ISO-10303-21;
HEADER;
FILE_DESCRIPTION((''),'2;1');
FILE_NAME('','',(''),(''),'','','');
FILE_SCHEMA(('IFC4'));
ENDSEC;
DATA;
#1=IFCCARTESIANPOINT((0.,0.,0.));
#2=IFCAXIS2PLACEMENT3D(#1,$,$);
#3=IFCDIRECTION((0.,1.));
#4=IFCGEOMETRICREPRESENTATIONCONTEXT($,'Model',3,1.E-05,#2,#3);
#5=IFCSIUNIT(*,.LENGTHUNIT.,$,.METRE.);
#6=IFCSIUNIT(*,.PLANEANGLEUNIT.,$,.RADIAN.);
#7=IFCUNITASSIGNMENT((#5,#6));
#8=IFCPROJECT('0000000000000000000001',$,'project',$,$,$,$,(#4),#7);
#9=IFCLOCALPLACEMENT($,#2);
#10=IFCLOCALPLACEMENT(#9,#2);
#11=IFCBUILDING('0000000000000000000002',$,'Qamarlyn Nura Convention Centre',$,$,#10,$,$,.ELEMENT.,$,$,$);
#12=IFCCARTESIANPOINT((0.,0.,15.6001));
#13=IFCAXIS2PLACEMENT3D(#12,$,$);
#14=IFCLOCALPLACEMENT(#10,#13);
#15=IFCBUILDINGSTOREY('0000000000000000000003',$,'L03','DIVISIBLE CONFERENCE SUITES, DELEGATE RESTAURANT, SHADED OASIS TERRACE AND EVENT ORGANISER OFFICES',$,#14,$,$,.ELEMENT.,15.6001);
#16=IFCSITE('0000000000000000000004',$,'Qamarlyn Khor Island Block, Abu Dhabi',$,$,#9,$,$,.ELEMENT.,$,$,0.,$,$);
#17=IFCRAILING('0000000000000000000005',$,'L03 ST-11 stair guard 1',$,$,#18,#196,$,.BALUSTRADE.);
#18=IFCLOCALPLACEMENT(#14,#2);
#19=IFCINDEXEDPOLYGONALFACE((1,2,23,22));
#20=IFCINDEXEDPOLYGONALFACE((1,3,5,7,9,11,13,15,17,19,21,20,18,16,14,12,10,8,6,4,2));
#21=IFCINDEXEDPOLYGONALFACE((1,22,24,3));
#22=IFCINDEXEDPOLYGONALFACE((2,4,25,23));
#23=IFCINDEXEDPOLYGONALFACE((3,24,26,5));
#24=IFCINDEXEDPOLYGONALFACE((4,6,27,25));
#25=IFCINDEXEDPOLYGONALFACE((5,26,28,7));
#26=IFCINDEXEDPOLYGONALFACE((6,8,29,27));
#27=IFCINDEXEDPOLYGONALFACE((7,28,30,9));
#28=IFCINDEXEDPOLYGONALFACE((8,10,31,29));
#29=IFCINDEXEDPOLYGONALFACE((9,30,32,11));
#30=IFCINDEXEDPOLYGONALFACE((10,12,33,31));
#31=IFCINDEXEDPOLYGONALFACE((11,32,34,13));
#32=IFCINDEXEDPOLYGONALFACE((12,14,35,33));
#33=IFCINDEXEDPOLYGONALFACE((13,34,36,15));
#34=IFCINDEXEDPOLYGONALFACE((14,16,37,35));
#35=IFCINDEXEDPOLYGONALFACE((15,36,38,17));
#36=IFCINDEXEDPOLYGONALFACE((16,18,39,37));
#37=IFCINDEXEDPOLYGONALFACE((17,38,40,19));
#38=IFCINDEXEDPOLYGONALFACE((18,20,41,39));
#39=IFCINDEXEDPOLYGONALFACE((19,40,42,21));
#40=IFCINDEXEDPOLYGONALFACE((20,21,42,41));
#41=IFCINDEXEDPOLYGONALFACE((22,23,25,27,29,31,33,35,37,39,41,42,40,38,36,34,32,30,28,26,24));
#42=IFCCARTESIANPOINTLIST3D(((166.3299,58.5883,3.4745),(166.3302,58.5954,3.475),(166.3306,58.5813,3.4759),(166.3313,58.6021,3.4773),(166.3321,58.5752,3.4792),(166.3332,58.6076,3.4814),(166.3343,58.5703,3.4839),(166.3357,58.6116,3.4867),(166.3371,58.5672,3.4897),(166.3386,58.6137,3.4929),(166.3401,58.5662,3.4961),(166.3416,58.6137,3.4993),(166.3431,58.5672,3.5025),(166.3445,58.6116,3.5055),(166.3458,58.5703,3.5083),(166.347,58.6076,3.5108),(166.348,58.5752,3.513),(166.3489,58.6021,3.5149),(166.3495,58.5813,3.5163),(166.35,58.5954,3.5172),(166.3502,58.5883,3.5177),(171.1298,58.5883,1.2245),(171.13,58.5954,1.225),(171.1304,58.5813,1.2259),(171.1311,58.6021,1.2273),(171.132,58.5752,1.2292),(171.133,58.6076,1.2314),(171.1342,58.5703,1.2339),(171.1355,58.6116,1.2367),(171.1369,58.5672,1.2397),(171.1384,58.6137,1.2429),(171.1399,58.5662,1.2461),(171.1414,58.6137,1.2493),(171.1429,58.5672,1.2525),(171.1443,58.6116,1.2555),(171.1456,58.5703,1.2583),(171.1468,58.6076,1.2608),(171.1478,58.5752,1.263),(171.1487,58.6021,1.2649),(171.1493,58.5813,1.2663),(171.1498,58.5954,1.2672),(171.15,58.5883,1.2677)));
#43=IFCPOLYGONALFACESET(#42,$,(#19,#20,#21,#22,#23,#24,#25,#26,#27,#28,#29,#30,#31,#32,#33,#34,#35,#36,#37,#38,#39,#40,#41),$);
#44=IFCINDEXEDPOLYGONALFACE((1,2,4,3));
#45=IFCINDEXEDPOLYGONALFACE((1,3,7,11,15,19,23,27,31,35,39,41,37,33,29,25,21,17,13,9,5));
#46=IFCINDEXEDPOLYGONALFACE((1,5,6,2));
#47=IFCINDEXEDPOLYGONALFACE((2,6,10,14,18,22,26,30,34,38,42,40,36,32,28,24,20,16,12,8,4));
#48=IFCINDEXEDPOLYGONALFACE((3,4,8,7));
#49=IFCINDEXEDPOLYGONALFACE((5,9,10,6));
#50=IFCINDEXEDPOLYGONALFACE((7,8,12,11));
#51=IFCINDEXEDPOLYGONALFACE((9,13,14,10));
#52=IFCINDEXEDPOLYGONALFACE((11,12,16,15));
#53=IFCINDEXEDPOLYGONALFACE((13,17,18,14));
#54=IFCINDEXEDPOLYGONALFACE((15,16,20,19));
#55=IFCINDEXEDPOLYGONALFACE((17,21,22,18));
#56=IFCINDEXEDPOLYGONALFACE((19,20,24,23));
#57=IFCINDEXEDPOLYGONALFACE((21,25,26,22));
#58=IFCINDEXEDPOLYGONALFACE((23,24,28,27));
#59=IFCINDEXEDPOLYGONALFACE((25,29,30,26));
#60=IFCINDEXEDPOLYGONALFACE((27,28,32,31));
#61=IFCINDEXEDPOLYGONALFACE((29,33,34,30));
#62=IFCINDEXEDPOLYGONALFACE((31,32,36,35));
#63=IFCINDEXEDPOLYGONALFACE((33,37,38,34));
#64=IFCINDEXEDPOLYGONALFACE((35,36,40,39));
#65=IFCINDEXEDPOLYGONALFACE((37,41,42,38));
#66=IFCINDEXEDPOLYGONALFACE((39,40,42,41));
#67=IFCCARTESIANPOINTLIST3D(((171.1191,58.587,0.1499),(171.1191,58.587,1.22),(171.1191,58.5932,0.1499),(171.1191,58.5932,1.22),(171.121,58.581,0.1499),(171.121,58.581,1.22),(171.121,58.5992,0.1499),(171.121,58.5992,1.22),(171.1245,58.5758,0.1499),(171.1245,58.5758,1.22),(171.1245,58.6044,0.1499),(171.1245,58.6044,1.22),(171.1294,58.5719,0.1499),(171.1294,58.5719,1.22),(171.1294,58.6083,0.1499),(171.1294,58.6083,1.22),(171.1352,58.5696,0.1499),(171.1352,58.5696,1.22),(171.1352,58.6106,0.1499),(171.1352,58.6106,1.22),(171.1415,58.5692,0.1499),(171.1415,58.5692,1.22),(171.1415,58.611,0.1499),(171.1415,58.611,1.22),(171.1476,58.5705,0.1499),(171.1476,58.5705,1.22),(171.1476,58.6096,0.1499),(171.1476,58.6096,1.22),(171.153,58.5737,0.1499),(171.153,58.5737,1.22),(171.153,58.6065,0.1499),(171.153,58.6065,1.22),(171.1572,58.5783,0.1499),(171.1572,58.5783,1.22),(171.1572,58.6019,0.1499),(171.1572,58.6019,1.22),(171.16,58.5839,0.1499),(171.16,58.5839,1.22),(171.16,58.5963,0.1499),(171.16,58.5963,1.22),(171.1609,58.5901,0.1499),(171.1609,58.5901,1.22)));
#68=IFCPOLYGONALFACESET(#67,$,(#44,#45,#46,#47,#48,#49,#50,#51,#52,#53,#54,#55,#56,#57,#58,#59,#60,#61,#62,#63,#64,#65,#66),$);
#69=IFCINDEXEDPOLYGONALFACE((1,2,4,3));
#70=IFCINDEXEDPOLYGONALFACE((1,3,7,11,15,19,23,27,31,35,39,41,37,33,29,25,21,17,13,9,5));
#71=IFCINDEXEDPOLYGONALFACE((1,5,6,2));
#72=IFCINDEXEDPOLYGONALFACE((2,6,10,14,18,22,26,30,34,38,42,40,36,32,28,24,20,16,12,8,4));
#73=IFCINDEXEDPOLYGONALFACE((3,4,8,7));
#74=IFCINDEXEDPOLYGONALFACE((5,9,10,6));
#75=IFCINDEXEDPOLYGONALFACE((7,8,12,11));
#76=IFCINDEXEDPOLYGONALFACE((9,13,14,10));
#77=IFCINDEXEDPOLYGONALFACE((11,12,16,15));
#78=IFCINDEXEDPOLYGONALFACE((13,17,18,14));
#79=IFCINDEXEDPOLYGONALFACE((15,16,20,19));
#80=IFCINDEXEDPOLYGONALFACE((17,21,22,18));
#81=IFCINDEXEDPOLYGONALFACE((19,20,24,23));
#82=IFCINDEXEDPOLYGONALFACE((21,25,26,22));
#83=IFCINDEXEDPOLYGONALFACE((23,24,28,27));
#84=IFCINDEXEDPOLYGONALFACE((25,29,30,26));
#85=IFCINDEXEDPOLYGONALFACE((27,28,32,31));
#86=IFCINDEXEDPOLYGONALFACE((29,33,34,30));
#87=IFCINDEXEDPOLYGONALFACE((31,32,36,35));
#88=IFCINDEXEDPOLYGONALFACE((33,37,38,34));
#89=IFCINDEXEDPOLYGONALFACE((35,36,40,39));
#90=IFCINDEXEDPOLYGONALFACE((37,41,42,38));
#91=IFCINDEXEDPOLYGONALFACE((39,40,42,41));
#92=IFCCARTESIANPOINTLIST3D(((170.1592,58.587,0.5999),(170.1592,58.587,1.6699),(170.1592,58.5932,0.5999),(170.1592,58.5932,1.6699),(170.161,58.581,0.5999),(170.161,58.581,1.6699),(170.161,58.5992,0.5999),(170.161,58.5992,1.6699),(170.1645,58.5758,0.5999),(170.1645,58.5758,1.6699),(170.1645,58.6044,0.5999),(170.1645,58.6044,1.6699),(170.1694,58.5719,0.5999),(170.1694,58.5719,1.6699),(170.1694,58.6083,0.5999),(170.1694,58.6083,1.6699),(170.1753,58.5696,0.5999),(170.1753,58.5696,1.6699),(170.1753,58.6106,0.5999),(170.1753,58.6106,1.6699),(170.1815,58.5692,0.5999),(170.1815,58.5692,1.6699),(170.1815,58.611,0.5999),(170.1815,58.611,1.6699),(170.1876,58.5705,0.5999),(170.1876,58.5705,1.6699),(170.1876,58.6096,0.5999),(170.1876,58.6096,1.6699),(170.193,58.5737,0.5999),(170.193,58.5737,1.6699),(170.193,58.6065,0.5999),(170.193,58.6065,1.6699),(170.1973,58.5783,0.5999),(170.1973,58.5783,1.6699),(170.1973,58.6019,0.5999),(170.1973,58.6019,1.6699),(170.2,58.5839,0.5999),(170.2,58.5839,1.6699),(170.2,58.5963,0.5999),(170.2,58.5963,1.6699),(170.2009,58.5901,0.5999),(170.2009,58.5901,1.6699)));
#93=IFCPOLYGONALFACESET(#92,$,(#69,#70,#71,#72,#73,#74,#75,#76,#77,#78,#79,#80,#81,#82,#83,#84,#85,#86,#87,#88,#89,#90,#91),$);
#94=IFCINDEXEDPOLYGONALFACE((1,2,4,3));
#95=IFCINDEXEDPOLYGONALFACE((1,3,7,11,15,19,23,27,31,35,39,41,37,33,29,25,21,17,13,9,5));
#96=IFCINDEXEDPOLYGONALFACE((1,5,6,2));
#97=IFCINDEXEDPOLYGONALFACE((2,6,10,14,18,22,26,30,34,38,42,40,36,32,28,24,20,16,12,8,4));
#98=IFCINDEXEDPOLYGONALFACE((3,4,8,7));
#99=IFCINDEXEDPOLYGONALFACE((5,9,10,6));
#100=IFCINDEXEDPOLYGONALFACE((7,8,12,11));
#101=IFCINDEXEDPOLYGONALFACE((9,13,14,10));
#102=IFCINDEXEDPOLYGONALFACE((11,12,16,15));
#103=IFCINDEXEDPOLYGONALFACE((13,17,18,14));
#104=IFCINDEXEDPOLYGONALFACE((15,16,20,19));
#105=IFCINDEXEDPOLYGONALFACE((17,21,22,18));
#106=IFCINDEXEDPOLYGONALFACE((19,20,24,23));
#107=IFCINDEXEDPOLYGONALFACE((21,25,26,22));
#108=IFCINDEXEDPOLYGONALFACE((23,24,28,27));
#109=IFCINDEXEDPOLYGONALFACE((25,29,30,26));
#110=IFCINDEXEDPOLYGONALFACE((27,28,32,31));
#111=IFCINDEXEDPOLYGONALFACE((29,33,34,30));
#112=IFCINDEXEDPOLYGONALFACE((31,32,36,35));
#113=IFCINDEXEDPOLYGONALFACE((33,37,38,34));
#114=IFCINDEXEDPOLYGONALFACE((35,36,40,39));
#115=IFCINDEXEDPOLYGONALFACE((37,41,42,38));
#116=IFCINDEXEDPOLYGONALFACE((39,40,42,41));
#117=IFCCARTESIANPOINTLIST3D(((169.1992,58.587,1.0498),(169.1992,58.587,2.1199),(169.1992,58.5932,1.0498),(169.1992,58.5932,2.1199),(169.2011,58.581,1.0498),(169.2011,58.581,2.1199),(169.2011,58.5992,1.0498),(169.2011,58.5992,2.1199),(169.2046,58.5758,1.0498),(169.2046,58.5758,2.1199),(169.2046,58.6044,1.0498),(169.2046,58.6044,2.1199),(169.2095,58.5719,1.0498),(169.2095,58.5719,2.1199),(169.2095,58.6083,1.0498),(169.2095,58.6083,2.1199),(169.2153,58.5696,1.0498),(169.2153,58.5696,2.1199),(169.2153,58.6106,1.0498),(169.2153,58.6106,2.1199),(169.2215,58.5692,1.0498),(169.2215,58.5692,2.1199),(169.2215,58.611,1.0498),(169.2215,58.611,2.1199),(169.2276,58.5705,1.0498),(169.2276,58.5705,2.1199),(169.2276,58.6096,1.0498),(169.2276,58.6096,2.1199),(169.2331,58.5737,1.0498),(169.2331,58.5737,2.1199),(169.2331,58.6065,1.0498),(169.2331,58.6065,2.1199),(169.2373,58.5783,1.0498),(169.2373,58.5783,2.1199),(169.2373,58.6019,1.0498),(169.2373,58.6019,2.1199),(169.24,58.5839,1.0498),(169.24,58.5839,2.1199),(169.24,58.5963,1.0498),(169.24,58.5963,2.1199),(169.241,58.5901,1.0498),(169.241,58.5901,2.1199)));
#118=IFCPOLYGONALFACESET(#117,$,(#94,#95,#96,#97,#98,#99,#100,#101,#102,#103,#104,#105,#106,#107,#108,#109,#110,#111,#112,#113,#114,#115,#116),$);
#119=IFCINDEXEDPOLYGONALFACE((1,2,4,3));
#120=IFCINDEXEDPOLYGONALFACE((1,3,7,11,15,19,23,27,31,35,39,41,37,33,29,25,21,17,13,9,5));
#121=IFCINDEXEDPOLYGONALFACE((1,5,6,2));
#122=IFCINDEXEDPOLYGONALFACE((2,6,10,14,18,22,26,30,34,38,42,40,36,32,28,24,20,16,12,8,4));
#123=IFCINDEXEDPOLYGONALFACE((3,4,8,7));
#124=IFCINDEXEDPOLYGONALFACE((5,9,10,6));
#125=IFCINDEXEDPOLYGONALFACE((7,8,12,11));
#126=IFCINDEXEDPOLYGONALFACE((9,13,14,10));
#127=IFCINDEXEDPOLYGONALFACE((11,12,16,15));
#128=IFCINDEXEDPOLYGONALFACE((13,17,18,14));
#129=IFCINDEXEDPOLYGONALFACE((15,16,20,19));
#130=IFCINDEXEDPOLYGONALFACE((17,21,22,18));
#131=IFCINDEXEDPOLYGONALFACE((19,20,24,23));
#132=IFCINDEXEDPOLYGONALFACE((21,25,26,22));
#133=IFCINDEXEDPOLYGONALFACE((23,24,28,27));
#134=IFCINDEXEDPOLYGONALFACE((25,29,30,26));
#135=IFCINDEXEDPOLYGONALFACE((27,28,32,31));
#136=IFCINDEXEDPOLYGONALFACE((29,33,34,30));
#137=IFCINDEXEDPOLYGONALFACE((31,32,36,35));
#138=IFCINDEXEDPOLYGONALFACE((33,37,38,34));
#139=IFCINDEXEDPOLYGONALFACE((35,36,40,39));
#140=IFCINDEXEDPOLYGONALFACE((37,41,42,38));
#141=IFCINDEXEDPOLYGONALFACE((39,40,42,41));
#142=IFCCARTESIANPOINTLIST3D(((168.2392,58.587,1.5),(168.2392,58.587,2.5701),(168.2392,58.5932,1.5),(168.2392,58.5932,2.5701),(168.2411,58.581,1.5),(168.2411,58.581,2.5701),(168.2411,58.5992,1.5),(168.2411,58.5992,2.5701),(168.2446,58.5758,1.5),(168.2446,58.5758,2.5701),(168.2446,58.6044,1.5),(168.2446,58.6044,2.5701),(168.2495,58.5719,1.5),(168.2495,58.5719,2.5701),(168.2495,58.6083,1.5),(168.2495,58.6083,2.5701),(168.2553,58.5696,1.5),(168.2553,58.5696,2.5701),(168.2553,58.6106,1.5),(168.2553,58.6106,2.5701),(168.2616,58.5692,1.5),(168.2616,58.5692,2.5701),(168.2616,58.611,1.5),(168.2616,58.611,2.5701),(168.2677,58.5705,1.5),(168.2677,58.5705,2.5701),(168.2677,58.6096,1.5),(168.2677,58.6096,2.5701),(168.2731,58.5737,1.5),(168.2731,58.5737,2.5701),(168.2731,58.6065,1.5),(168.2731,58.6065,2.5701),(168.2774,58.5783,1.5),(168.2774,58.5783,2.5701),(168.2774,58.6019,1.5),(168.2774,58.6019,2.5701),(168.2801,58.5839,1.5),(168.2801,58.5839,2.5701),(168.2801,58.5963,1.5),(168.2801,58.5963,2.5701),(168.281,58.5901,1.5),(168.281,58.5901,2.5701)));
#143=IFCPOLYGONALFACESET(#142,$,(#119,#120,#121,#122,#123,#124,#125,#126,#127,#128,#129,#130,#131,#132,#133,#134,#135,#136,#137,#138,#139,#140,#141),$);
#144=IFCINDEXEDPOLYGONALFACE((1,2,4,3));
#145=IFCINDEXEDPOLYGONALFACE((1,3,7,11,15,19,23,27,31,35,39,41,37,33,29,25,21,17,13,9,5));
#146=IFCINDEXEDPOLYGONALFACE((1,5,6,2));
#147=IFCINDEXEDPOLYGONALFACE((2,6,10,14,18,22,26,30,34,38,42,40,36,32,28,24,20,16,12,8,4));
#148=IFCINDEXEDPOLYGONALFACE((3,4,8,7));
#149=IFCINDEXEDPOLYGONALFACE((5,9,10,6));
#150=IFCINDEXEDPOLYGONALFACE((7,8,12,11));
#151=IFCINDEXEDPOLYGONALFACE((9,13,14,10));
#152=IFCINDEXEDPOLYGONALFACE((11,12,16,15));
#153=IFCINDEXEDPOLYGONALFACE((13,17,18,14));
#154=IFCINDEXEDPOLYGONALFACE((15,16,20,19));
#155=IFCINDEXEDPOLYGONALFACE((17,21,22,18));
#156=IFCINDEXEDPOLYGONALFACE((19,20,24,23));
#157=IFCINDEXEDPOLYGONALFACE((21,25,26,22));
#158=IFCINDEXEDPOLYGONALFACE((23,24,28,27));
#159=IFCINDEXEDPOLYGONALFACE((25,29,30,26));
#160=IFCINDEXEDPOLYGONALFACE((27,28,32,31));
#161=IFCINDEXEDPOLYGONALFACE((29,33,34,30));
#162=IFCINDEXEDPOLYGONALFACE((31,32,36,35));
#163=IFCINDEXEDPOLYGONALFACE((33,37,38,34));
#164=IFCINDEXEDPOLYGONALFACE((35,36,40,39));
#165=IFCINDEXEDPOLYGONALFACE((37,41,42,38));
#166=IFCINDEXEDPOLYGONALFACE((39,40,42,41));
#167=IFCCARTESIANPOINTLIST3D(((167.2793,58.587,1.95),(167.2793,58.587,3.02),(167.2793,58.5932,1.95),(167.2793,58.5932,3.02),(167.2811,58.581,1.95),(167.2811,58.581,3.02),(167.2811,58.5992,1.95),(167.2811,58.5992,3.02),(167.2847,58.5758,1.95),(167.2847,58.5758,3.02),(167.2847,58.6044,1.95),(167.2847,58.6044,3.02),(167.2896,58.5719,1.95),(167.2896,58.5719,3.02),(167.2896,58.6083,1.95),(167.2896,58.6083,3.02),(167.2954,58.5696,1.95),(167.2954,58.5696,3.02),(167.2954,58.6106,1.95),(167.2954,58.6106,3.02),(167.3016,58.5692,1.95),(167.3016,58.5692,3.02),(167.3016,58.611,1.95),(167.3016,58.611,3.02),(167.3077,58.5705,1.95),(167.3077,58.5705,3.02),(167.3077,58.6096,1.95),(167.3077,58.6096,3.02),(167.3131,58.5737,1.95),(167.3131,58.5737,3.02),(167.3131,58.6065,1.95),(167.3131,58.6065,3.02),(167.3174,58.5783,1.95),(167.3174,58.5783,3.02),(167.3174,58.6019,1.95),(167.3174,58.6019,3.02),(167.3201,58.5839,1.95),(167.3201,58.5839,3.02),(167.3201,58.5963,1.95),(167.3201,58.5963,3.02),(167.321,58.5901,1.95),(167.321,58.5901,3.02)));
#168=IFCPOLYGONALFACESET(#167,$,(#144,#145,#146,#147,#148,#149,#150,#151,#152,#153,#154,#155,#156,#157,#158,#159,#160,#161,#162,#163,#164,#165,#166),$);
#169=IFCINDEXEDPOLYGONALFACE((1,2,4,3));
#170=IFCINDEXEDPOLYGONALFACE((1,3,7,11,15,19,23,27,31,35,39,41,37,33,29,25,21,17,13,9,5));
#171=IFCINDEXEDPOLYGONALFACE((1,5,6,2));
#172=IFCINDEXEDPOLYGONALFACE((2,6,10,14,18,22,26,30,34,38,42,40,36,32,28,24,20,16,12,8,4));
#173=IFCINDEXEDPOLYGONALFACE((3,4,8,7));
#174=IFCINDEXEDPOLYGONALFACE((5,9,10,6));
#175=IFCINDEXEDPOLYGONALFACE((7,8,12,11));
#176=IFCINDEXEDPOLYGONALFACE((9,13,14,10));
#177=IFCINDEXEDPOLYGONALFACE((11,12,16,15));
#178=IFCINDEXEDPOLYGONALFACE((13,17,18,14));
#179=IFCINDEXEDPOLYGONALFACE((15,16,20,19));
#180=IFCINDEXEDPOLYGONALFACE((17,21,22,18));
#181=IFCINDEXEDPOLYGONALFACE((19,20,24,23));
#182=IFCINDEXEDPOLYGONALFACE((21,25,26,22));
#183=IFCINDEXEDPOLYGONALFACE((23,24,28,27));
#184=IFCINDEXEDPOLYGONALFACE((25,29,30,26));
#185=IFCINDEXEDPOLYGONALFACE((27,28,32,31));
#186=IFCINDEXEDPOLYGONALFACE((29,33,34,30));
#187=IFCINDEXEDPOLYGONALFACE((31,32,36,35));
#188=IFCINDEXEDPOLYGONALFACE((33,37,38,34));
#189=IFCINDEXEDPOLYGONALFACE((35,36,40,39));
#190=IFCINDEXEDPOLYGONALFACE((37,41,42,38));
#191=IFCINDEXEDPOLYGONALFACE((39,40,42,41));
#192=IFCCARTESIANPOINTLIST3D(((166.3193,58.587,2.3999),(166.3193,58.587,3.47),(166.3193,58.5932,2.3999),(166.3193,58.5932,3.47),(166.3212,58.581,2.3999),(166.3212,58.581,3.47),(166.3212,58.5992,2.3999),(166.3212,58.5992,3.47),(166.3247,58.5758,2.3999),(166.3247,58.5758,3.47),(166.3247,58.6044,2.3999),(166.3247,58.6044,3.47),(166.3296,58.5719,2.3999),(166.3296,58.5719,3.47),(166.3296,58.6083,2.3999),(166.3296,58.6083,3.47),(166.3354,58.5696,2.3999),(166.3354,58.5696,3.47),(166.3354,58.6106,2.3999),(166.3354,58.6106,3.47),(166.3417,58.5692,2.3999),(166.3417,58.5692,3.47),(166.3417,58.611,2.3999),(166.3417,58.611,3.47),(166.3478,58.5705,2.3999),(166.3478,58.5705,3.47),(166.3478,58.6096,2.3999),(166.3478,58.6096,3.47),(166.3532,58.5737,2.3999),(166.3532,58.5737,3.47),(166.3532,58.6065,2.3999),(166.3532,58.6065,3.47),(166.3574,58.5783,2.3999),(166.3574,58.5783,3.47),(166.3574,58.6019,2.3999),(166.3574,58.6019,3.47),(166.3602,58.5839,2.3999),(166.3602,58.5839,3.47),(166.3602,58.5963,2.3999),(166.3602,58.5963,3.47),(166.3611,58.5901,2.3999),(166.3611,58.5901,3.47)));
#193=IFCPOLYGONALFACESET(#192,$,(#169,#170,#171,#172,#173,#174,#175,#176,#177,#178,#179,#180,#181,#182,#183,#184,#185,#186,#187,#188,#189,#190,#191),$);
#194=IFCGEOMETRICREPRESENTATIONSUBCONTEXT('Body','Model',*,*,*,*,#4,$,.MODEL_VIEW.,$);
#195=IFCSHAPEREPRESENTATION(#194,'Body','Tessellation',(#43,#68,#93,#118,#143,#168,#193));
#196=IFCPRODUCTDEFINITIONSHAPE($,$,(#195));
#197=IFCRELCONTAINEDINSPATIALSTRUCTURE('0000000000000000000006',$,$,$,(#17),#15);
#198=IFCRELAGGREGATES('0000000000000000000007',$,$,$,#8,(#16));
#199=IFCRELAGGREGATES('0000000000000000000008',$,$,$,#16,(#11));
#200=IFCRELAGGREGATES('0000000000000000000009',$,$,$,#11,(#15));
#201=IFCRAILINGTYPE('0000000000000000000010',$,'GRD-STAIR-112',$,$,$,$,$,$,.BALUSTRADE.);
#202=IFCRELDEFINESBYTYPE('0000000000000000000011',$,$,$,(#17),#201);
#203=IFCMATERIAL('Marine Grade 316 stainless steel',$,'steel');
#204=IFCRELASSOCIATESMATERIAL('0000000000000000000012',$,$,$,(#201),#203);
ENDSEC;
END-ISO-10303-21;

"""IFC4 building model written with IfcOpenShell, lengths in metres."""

from ifc_helpers import new_model, si_unit, direction, frame, origin, origin_2d, place, context, subcontext, project, spatial, circle, extrude, material, type_object, element, save


model = new_model("IFC4")

# Units and contexts
model_context = context("Model", 3, precision=1e-05, world=origin(), true_north=direction((0.0, 1.0)))
body_context = subcontext(model_context, "Body", "Model", "MODEL_VIEW")
ifc_project = project(units=[si_unit("LENGTHUNIT", "METRE"), si_unit("PLANEANGLEUNIT", "RADIAN")], contexts=[model_context])

# Site, building, storey
site_placement = place(None, origin())
site = spatial("IfcSite", under=ifc_project, at=site_placement, Name="Qamarlyn Khor Island Block, Abu Dhabi", CompositionType="ELEMENT", RefElevation=0.0)
building_placement = place(site_placement, origin())
building = spatial("IfcBuilding", under=site, at=building_placement, Name="Qamarlyn Nura Convention Centre", CompositionType="ELEMENT")
storey_placement = place(building_placement, frame((0.0, 0.0, 15.6001)))
storey = spatial("IfcBuildingStorey", under=building, at=storey_placement, Name="L03", Description="DIVISIBLE CONFERENCE SUITES, DELEGATE RESTAURANT, SHADED OASIS TERRACE AND EVENT ORGANISER OFFICES", CompositionType="ELEMENT", Elevation=15.6001)

# Railing
ifc_material_1 = material(Name="Marine Grade 316 stainless steel", Category="steel")
railing_type_1 = type_object("IfcRailingType", Name="GRD-STAIR-112", PredefinedType="BALUSTRADE", material=ifc_material_1)
railing_1_placement = place(storey_placement, frame((171.1399, 58.5901, 0.1499)))
element("IfcRailing", 1, at=railing_1_placement, inside=storey, type_object=railing_type_1, Name="L03 ST-11 stair guard 1", PredefinedType="BALUSTRADE", context=body_context, shape_type="SweptSolid", body=[
    extrude(circle(Radius=0.0239, at=origin_2d()), frame((0.0, 0.0, 1.0962), z_axis=(-0.905452, 0.0, 0.424448), x_axis=(0.0, -1.0, 0.0)), (0.0, 0.0, 1.0), 5.301),
    extrude(circle(Radius=0.021, at=origin_2d()), origin(), (0.0, 0.0, 1.0), 1.0701),
    extrude(circle(Radius=0.021, at=origin_2d()), frame((-0.96, 0.0, 0.45)), (0.0, 0.0, 1.0), 1.0701),
    extrude(circle(Radius=0.021, at=origin_2d()), frame((-1.9199, 0.0, 0.8999)), (0.0, 0.0, 1.0), 1.0701),
    extrude(circle(Radius=0.021, at=origin_2d()), frame((-2.8799, 0.0, 1.3501)), (0.0, 0.0, 1.0), 1.0701),
    extrude(circle(Radius=0.021, at=origin_2d()), frame((-3.8398, 0.0, 1.8)), (0.0, 0.0, 1.0), 1.0701),
    extrude(circle(Radius=0.021, at=origin_2d()), frame((-4.7998, 0.0, 2.25)), (0.0, 0.0, 1.0), 1.0701),
])

save(model, "model.ifc")
